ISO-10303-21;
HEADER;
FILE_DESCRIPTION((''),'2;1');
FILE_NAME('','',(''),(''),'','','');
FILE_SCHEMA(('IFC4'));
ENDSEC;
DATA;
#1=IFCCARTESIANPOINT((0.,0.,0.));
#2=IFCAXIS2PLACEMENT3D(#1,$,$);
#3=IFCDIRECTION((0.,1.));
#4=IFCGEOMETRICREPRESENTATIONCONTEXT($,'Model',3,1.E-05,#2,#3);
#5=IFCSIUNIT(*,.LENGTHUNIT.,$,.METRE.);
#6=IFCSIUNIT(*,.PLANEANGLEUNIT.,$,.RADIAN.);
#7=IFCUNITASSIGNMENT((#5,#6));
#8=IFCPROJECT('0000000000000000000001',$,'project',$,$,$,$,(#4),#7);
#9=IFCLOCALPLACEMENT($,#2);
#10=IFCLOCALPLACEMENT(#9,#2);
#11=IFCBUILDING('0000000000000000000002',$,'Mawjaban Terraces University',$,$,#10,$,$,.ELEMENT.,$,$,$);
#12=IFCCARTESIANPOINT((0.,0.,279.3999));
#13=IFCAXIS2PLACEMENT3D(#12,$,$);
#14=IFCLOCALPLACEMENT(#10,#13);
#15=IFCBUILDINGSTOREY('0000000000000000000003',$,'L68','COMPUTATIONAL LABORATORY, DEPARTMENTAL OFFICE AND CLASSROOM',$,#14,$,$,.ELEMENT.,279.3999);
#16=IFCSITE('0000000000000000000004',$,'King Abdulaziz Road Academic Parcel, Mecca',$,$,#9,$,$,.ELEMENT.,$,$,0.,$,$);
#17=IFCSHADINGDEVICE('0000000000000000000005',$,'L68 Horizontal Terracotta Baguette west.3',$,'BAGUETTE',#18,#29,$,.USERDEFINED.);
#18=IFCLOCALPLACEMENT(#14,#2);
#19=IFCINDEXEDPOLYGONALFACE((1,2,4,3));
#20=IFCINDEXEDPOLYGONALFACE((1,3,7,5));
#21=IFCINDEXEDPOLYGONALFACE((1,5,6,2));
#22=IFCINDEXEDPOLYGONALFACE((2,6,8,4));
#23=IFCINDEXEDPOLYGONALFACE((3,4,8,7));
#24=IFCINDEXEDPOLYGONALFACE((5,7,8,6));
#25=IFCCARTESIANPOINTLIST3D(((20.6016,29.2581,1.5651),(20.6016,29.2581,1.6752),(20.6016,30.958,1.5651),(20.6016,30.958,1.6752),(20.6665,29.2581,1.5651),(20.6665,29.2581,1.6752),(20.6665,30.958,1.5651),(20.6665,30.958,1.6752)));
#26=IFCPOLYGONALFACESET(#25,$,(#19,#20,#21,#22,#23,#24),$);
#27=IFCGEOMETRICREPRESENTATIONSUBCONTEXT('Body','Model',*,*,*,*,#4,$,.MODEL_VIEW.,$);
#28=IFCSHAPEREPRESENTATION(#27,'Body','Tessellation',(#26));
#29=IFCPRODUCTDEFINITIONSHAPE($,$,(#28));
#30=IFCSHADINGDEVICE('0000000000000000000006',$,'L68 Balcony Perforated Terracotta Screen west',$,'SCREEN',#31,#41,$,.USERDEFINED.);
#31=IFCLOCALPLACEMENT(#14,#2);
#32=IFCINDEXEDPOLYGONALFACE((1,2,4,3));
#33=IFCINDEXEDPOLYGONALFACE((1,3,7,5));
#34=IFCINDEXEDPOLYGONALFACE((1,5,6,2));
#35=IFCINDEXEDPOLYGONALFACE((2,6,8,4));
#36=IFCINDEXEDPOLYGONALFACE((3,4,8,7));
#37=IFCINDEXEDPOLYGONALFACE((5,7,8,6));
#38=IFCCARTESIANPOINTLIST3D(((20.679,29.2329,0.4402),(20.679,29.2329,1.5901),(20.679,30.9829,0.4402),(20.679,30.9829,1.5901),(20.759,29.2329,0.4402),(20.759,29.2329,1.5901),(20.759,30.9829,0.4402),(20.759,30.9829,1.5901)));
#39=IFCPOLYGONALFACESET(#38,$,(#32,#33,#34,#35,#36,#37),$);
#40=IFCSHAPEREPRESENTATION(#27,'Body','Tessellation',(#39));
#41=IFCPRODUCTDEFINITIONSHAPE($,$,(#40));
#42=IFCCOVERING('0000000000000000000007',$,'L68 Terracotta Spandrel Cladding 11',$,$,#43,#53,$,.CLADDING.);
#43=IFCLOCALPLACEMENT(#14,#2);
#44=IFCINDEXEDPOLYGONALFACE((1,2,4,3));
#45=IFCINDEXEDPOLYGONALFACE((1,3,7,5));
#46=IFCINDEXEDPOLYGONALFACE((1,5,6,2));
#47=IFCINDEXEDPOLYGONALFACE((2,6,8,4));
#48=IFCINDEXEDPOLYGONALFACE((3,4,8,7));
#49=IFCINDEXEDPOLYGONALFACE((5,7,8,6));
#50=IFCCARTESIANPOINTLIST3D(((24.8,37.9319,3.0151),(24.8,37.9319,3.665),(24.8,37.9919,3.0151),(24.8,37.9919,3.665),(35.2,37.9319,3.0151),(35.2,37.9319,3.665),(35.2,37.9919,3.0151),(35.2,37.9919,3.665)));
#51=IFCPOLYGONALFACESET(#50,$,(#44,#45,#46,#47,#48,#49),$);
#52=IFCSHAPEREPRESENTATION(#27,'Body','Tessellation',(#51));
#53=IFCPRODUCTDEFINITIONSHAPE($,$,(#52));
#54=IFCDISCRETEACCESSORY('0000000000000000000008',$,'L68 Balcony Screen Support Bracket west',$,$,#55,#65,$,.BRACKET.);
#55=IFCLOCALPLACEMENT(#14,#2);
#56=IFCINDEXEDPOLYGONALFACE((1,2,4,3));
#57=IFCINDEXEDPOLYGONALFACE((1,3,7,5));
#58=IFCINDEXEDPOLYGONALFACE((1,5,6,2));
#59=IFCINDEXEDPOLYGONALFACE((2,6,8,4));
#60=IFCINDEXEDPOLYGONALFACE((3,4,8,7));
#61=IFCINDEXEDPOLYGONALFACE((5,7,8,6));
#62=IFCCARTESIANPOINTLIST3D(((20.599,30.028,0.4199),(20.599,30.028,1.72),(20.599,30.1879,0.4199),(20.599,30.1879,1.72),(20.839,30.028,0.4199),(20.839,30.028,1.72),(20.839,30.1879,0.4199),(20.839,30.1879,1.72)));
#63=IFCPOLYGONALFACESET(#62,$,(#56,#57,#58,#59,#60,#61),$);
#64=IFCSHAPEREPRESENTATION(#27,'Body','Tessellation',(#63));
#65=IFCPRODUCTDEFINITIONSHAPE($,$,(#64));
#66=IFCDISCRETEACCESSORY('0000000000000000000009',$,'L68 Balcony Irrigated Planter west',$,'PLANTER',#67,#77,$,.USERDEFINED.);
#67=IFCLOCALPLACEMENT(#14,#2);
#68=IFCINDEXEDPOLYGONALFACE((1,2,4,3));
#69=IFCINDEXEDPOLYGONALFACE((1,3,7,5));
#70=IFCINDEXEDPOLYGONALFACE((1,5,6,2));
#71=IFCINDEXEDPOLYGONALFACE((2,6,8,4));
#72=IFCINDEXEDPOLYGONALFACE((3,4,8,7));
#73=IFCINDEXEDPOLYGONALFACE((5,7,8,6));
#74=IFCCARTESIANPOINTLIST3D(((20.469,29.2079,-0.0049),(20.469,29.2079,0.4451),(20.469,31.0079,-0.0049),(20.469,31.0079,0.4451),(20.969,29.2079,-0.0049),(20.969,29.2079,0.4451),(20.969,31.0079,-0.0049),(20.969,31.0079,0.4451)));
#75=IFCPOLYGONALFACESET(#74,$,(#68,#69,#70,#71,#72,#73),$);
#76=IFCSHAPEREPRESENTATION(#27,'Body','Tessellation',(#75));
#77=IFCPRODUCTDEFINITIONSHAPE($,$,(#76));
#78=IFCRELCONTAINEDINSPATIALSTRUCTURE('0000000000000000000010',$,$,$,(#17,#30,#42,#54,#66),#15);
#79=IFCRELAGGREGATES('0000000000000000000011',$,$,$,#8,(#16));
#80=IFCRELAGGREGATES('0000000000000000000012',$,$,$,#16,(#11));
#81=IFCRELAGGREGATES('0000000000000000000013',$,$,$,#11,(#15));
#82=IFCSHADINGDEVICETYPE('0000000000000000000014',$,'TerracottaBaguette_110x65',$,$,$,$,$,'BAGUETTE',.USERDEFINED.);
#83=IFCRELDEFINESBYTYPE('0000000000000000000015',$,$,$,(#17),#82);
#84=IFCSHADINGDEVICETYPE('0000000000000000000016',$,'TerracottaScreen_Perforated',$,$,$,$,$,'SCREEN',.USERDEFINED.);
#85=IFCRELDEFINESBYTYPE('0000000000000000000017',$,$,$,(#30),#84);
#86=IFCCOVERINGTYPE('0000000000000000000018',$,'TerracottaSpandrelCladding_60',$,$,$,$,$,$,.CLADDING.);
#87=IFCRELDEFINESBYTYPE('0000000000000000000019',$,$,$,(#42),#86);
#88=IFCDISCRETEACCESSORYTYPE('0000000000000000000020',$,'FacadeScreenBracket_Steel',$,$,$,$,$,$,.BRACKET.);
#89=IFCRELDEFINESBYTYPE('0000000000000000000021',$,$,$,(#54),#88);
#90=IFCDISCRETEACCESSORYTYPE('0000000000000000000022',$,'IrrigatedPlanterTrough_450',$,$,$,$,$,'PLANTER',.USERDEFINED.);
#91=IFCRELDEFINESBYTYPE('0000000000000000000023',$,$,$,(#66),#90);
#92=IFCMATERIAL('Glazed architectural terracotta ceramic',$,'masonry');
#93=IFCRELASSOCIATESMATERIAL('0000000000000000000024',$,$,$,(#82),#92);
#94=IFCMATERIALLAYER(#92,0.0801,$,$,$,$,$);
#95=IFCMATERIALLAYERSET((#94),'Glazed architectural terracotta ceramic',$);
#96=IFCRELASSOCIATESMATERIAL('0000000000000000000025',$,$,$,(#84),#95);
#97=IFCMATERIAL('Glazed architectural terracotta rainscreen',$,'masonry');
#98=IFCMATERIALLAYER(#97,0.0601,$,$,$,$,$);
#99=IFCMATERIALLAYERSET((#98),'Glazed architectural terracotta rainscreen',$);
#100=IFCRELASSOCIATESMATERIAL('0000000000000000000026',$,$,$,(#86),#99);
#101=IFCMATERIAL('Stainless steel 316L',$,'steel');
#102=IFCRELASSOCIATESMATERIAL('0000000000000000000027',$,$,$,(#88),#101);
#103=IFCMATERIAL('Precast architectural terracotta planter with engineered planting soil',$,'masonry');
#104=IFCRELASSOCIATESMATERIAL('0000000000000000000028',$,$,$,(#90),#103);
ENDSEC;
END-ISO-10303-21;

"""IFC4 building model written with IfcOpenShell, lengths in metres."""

from ifc_helpers import new_model, si_unit, direction, frame, origin, origin_2d, place, context, subcontext, project, spatial, rectangle, extrude, material, layer, layer_set, material_profile, profile_set, type_object, element, save


model = new_model("IFC4")

# Units and contexts
model_context = context("Model", 3, precision=1e-05, world=origin(), true_north=direction((0.0, 1.0)))
body_context = subcontext(model_context, "Body", "Model", "MODEL_VIEW")
ifc_project = project(units=[si_unit("LENGTHUNIT", "METRE"), si_unit("PLANEANGLEUNIT", "RADIAN")], contexts=[model_context])

# Site, building, storey
site_placement = place(None, origin())
site = spatial("IfcSite", under=ifc_project, at=site_placement, Name="King Abdulaziz Road Academic Parcel, Mecca", CompositionType="ELEMENT", RefElevation=0.0)
building_placement = place(site_placement, origin())
building = spatial("IfcBuilding", under=site, at=building_placement, Name="Mawjaban Terraces University", CompositionType="ELEMENT")
storey_placement = place(building_placement, frame((0.0, 0.0, 279.3999)))
storey = spatial("IfcBuildingStorey", under=building, at=storey_placement, Name="L68", Description="COMPUTATIONAL LABORATORY, DEPARTMENTAL OFFICE AND CLASSROOM", CompositionType="ELEMENT", Elevation=279.3999)

# Shading devices
ifc_material_1 = material(Name="Glazed architectural terracotta ceramic", Category="masonry")
ifc_material_profile_1 = material_profile(ifc_material_1, rectangle(XDim=0.0649, YDim=0.1101, at=origin_2d()), Name="TBAG110X65")
ifc_profile_set_1 = profile_set([ifc_material_profile_1], Name="Glazed architectural terracotta ceramic")
shading_device_type_1 = type_object("IfcShadingDeviceType", Name="TerracottaBaguette_110x65", ElementType="BAGUETTE", PredefinedType="USERDEFINED", material=ifc_profile_set_1)
for number, where, z_axis, x_axis, name in (
    (1, (20.634, 29.2581, 1.6201), (0.0, 1.0, 0.0), (-1.0, 0.0, 0.0), "L68 Horizontal Terracotta Baguette west.3"),
):
    element("IfcShadingDevice", number, at=place(storey_placement, frame(where, z_axis=z_axis, x_axis=x_axis)), inside=storey, type_object=shading_device_type_1, Name=name, ObjectType="BAGUETTE", PredefinedType="USERDEFINED", context=body_context, shape_type="SweptSolid", body=[
        extrude(rectangle(XDim=0.0649, YDim=0.1101, at=origin_2d()), origin(), (0.0, 0.0, 1.0), 1.7),
    ])
ifc_layer_1 = layer(ifc_material_1, 0.0801)
ifc_layer_set_1 = layer_set([ifc_layer_1], Name="Glazed architectural terracotta ceramic")
shading_device_type_2 = type_object("IfcShadingDeviceType", Name="TerracottaScreen_Perforated", ElementType="SCREEN", PredefinedType="USERDEFINED", material=ifc_layer_set_1)
shading_device_placement = place(storey_placement, frame((20.719, 30.1079, 0.4402), z_axis=(0.0, 0.0, 1.0), x_axis=(0.0, 1.0, 0.0)))
element("IfcShadingDevice", 2, at=shading_device_placement, inside=storey, type_object=shading_device_type_2, Name="L68 Balcony Perforated Terracotta Screen west", ObjectType="SCREEN", PredefinedType="USERDEFINED", context=body_context, shape_type="SweptSolid", body=[
    extrude(rectangle(XDim=1.75, YDim=0.0801, at=origin_2d()), origin(), (0.0, 0.0, 1.0), 1.1499),
])

# Covering
ifc_material_2 = material(Name="Glazed architectural terracotta rainscreen", Category="masonry")
ifc_layer_2 = layer(ifc_material_2, 0.0601)
ifc_layer_set_2 = layer_set([ifc_layer_2], Name="Glazed architectural terracotta rainscreen")
covering_type = type_object("IfcCoveringType", Name="TerracottaSpandrelCladding_60", PredefinedType="CLADDING", material=ifc_layer_set_2)
covering_placement = place(storey_placement, frame((30.0, 37.9619, 3.0151), z_axis=(0.0, 0.0, 1.0), x_axis=(-1.0, 0.0, 0.0)))
element("IfcCovering", 3, at=covering_placement, inside=storey, type_object=covering_type, Name="L68 Terracotta Spandrel Cladding 11", PredefinedType="CLADDING", context=body_context, shape_type="SweptSolid", body=[
    extrude(rectangle(XDim=10.3999, YDim=0.0601, at=origin_2d()), origin(), (0.0, 0.0, 1.0), 0.6499),
])

# Discrete accessories
ifc_material_3 = material(Name="Stainless steel 316L", Category="steel")
discrete_accessory_type_1 = type_object("IfcDiscreteAccessoryType", Name="FacadeScreenBracket_Steel", PredefinedType="BRACKET", material=ifc_material_3)
discrete_accessory_1_placement = place(storey_placement, frame((20.719, 30.1079, 0.4199), z_axis=(0.0, 0.0, 1.0), x_axis=(0.0, 1.0, 0.0)))
element("IfcDiscreteAccessory", 4, at=discrete_accessory_1_placement, inside=storey, type_object=discrete_accessory_type_1, Name="L68 Balcony Screen Support Bracket west", PredefinedType="BRACKET", context=body_context, shape_type="SweptSolid", body=[
    extrude(rectangle(XDim=0.1599, YDim=0.24, at=origin_2d()), origin(), (0.0, 0.0, 1.0), 1.3),
])
ifc_material_4 = material(Name="Precast architectural terracotta planter with engineered planting soil", Category="masonry")
discrete_accessory_type_2 = type_object("IfcDiscreteAccessoryType", Name="IrrigatedPlanterTrough_450", ElementType="PLANTER", PredefinedType="USERDEFINED", material=ifc_material_4)
discrete_accessory_2_placement = place(storey_placement, frame((20.719, 30.1079, -0.0049), z_axis=(0.0, 0.0, 1.0), x_axis=(0.0, 1.0, 0.0)))
element("IfcDiscreteAccessory", 5, at=discrete_accessory_2_placement, inside=storey, type_object=discrete_accessory_type_2, Name="L68 Balcony Irrigated Planter west", ObjectType="PLANTER", PredefinedType="USERDEFINED", context=body_context, shape_type="SweptSolid", body=[
    extrude(rectangle(XDim=1.8, YDim=0.5, at=origin_2d()), origin(), (0.0, 0.0, 1.0), 0.45),
])

save(model, "model.ifc")
